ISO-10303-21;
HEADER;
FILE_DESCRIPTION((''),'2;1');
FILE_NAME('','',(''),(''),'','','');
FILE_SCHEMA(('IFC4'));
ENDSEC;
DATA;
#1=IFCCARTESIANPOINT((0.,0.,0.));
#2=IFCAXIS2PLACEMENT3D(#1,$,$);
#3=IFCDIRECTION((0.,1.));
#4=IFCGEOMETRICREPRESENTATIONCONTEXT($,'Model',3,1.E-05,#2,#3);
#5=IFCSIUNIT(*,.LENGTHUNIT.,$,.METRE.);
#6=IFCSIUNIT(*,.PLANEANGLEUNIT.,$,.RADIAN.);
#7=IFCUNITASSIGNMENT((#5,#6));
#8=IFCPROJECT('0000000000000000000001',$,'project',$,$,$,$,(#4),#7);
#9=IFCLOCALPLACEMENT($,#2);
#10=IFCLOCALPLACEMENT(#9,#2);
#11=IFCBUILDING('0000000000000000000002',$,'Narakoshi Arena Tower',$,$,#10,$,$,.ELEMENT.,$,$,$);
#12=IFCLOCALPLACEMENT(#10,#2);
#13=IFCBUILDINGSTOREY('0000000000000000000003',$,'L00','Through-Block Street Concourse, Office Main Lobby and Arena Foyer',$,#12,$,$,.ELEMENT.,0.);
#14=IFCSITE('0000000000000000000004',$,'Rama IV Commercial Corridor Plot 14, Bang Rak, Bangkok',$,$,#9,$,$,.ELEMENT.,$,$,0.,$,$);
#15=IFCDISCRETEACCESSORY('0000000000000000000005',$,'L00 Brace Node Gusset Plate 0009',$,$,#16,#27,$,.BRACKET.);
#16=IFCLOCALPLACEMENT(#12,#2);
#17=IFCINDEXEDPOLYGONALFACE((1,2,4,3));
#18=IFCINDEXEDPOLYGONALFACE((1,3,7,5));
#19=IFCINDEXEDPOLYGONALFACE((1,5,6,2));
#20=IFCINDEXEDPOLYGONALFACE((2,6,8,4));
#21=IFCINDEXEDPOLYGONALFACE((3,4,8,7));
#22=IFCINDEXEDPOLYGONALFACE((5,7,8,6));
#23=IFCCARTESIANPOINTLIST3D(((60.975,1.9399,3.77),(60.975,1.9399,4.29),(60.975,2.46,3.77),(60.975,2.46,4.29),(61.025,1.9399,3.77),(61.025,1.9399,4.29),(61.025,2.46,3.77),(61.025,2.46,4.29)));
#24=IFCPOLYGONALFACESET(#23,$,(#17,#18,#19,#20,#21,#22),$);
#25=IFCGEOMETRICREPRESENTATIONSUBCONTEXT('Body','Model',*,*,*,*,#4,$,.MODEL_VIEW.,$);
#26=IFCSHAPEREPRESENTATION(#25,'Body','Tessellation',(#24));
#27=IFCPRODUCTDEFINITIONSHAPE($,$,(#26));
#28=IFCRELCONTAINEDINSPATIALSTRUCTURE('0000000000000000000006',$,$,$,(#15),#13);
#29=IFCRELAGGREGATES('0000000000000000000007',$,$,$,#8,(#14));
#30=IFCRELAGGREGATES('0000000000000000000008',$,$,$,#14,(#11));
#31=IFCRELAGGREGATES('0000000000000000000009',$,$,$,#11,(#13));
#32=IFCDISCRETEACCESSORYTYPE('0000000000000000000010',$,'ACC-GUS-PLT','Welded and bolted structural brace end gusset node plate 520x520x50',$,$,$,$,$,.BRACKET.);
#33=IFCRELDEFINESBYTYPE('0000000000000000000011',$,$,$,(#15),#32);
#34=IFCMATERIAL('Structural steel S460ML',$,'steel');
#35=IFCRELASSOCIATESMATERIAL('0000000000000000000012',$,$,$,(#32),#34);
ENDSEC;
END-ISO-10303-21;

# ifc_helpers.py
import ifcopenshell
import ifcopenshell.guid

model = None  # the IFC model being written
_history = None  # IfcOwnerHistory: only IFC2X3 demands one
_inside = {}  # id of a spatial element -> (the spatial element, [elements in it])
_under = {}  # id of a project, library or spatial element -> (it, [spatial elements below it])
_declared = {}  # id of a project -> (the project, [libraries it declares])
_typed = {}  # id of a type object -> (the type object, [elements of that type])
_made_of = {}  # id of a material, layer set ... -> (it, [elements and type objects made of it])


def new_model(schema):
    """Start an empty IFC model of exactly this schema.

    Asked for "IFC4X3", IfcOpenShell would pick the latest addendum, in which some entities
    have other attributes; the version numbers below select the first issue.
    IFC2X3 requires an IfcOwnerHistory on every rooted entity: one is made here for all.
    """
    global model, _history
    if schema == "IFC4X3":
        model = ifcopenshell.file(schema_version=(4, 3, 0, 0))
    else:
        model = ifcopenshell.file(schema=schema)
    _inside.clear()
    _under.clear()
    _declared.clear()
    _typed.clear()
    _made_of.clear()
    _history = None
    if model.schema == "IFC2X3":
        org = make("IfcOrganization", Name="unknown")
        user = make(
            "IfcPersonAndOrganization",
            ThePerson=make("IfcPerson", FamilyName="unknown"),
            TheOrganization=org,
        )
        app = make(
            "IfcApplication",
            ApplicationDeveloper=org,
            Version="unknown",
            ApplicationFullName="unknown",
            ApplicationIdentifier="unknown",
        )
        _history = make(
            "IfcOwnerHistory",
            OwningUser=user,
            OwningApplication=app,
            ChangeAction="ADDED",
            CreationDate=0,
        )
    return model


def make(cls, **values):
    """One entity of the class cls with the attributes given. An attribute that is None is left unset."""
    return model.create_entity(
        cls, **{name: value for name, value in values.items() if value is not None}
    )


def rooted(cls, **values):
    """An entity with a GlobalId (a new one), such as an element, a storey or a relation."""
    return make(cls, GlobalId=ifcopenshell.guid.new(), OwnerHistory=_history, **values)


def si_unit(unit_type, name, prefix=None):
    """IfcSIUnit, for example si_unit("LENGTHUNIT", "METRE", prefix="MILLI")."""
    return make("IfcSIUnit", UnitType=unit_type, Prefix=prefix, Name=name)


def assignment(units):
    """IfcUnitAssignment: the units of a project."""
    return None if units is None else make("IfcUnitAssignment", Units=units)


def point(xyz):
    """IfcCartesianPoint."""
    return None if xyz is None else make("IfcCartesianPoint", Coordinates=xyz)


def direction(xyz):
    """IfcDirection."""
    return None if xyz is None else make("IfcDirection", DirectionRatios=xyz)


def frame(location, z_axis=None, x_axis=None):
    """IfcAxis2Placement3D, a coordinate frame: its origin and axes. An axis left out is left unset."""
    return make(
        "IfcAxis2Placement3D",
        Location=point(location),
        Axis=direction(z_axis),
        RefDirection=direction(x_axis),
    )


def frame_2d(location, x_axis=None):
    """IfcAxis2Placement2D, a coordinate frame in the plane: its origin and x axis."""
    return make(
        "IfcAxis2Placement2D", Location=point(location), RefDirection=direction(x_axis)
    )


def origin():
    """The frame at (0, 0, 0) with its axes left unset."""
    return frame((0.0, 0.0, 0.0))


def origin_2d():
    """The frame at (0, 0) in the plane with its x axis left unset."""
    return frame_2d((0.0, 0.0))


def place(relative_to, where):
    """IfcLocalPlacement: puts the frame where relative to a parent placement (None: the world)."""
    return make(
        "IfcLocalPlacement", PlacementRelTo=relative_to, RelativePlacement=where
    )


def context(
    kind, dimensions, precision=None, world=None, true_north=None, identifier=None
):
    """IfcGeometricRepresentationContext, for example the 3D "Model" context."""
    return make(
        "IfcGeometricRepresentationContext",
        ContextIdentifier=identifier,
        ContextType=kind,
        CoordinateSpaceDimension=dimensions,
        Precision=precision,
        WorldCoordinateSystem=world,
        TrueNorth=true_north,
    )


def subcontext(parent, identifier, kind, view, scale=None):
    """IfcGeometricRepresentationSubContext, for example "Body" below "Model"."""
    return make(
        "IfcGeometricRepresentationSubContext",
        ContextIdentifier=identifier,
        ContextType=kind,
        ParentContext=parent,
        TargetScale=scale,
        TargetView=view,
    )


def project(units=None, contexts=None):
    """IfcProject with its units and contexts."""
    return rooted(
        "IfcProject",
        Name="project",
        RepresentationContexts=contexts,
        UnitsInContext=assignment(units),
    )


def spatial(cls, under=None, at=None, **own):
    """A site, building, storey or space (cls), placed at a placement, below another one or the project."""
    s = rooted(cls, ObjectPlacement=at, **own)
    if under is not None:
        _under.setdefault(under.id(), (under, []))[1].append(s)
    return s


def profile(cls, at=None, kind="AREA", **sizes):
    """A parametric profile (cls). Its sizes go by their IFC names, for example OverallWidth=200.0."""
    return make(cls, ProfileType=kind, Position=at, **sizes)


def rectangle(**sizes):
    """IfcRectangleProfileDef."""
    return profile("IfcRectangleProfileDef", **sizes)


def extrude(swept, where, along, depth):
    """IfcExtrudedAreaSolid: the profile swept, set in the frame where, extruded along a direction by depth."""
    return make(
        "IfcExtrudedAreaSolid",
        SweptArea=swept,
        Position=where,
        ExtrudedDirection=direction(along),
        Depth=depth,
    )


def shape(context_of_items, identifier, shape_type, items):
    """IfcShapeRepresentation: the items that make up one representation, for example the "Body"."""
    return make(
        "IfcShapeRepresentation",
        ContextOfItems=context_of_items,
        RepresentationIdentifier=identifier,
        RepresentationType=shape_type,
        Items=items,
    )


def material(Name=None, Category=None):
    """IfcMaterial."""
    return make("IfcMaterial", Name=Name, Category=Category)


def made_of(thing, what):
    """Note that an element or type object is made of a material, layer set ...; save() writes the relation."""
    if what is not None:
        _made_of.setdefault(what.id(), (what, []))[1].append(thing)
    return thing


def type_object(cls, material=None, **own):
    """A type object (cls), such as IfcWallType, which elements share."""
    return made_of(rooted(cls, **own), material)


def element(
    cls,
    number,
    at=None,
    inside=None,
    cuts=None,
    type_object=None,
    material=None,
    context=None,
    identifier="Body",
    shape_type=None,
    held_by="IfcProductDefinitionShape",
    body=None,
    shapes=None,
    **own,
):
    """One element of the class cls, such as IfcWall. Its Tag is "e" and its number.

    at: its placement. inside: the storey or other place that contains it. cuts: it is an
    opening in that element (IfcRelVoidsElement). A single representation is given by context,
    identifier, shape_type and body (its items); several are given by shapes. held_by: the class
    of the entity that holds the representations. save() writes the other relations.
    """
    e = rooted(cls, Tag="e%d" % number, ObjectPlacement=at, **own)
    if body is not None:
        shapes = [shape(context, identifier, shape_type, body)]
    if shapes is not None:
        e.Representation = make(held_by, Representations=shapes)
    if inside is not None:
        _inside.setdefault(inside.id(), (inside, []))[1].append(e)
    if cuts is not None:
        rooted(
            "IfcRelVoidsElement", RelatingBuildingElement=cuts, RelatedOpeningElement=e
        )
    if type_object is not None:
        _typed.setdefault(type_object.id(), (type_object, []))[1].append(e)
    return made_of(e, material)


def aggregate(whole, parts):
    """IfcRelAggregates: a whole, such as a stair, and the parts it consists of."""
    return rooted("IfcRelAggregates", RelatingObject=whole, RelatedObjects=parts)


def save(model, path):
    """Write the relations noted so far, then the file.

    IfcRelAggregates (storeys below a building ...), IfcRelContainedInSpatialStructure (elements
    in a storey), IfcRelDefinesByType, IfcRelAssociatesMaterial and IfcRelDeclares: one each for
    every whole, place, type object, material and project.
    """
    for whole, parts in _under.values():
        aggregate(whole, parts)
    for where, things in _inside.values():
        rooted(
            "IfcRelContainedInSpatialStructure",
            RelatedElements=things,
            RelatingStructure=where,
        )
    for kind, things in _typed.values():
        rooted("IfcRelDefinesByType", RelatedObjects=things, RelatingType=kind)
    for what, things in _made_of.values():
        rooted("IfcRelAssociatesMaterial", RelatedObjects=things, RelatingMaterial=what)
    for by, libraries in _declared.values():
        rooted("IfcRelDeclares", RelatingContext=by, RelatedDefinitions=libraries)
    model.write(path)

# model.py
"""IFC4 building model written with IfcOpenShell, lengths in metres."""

from ifc_helpers import new_model, si_unit, direction, frame, origin, origin_2d, place, context, subcontext, project, spatial, rectangle, extrude, material, type_object, element, save


model = new_model("IFC4")

# Units and contexts
model_context = context("Model", 3, precision=1e-05, world=origin(), true_north=direction((0.0, 1.0)))
body_context = subcontext(model_context, "Body", "Model", "MODEL_VIEW")
ifc_project = project(units=[si_unit("LENGTHUNIT", "METRE"), si_unit("PLANEANGLEUNIT", "RADIAN")], contexts=[model_context])

# Site, building, storey
site_placement = place(None, origin())
site = spatial("IfcSite", under=ifc_project, at=site_placement, Name="Rama IV Commercial Corridor Plot 14, Bang Rak, Bangkok", CompositionType="ELEMENT", RefElevation=0.0)
building_placement = place(site_placement, origin())
building = spatial("IfcBuilding", under=site, at=building_placement, Name="Narakoshi Arena Tower", CompositionType="ELEMENT")
storey_placement = place(building_placement, origin())
storey = spatial("IfcBuildingStorey", under=building, at=storey_placement, Name="L00", Description="Through-Block Street Concourse, Office Main Lobby and Arena Foyer", CompositionType="ELEMENT", Elevation=0.0)

# Discrete accessory
ifc_material_1 = material(Name="Structural steel S460ML", Category="steel")
discrete_accessory_type_1 = type_object("IfcDiscreteAccessoryType", Name="ACC-GUS-PLT", Description="Welded and bolted structural brace end gusset node plate 520x520x50", PredefinedType="BRACKET", material=ifc_material_1)
discrete_accessory_1_placement = place(storey_placement, frame((61.0, 2.2, 3.77), z_axis=(0.0, 0.0, 1.0), x_axis=(0.0, 1.0, 0.0)))
element("IfcDiscreteAccessory", 1, at=discrete_accessory_1_placement, inside=storey, type_object=discrete_accessory_type_1, Name="L00 Brace Node Gusset Plate 0009", PredefinedType="BRACKET", context=body_context, shape_type="SweptSolid", body=[
    extrude(rectangle(XDim=0.52, YDim=0.05, at=origin_2d()), origin(), (0.0, 0.0, 1.0), 0.52),
])

save(model, "model.ifc")
